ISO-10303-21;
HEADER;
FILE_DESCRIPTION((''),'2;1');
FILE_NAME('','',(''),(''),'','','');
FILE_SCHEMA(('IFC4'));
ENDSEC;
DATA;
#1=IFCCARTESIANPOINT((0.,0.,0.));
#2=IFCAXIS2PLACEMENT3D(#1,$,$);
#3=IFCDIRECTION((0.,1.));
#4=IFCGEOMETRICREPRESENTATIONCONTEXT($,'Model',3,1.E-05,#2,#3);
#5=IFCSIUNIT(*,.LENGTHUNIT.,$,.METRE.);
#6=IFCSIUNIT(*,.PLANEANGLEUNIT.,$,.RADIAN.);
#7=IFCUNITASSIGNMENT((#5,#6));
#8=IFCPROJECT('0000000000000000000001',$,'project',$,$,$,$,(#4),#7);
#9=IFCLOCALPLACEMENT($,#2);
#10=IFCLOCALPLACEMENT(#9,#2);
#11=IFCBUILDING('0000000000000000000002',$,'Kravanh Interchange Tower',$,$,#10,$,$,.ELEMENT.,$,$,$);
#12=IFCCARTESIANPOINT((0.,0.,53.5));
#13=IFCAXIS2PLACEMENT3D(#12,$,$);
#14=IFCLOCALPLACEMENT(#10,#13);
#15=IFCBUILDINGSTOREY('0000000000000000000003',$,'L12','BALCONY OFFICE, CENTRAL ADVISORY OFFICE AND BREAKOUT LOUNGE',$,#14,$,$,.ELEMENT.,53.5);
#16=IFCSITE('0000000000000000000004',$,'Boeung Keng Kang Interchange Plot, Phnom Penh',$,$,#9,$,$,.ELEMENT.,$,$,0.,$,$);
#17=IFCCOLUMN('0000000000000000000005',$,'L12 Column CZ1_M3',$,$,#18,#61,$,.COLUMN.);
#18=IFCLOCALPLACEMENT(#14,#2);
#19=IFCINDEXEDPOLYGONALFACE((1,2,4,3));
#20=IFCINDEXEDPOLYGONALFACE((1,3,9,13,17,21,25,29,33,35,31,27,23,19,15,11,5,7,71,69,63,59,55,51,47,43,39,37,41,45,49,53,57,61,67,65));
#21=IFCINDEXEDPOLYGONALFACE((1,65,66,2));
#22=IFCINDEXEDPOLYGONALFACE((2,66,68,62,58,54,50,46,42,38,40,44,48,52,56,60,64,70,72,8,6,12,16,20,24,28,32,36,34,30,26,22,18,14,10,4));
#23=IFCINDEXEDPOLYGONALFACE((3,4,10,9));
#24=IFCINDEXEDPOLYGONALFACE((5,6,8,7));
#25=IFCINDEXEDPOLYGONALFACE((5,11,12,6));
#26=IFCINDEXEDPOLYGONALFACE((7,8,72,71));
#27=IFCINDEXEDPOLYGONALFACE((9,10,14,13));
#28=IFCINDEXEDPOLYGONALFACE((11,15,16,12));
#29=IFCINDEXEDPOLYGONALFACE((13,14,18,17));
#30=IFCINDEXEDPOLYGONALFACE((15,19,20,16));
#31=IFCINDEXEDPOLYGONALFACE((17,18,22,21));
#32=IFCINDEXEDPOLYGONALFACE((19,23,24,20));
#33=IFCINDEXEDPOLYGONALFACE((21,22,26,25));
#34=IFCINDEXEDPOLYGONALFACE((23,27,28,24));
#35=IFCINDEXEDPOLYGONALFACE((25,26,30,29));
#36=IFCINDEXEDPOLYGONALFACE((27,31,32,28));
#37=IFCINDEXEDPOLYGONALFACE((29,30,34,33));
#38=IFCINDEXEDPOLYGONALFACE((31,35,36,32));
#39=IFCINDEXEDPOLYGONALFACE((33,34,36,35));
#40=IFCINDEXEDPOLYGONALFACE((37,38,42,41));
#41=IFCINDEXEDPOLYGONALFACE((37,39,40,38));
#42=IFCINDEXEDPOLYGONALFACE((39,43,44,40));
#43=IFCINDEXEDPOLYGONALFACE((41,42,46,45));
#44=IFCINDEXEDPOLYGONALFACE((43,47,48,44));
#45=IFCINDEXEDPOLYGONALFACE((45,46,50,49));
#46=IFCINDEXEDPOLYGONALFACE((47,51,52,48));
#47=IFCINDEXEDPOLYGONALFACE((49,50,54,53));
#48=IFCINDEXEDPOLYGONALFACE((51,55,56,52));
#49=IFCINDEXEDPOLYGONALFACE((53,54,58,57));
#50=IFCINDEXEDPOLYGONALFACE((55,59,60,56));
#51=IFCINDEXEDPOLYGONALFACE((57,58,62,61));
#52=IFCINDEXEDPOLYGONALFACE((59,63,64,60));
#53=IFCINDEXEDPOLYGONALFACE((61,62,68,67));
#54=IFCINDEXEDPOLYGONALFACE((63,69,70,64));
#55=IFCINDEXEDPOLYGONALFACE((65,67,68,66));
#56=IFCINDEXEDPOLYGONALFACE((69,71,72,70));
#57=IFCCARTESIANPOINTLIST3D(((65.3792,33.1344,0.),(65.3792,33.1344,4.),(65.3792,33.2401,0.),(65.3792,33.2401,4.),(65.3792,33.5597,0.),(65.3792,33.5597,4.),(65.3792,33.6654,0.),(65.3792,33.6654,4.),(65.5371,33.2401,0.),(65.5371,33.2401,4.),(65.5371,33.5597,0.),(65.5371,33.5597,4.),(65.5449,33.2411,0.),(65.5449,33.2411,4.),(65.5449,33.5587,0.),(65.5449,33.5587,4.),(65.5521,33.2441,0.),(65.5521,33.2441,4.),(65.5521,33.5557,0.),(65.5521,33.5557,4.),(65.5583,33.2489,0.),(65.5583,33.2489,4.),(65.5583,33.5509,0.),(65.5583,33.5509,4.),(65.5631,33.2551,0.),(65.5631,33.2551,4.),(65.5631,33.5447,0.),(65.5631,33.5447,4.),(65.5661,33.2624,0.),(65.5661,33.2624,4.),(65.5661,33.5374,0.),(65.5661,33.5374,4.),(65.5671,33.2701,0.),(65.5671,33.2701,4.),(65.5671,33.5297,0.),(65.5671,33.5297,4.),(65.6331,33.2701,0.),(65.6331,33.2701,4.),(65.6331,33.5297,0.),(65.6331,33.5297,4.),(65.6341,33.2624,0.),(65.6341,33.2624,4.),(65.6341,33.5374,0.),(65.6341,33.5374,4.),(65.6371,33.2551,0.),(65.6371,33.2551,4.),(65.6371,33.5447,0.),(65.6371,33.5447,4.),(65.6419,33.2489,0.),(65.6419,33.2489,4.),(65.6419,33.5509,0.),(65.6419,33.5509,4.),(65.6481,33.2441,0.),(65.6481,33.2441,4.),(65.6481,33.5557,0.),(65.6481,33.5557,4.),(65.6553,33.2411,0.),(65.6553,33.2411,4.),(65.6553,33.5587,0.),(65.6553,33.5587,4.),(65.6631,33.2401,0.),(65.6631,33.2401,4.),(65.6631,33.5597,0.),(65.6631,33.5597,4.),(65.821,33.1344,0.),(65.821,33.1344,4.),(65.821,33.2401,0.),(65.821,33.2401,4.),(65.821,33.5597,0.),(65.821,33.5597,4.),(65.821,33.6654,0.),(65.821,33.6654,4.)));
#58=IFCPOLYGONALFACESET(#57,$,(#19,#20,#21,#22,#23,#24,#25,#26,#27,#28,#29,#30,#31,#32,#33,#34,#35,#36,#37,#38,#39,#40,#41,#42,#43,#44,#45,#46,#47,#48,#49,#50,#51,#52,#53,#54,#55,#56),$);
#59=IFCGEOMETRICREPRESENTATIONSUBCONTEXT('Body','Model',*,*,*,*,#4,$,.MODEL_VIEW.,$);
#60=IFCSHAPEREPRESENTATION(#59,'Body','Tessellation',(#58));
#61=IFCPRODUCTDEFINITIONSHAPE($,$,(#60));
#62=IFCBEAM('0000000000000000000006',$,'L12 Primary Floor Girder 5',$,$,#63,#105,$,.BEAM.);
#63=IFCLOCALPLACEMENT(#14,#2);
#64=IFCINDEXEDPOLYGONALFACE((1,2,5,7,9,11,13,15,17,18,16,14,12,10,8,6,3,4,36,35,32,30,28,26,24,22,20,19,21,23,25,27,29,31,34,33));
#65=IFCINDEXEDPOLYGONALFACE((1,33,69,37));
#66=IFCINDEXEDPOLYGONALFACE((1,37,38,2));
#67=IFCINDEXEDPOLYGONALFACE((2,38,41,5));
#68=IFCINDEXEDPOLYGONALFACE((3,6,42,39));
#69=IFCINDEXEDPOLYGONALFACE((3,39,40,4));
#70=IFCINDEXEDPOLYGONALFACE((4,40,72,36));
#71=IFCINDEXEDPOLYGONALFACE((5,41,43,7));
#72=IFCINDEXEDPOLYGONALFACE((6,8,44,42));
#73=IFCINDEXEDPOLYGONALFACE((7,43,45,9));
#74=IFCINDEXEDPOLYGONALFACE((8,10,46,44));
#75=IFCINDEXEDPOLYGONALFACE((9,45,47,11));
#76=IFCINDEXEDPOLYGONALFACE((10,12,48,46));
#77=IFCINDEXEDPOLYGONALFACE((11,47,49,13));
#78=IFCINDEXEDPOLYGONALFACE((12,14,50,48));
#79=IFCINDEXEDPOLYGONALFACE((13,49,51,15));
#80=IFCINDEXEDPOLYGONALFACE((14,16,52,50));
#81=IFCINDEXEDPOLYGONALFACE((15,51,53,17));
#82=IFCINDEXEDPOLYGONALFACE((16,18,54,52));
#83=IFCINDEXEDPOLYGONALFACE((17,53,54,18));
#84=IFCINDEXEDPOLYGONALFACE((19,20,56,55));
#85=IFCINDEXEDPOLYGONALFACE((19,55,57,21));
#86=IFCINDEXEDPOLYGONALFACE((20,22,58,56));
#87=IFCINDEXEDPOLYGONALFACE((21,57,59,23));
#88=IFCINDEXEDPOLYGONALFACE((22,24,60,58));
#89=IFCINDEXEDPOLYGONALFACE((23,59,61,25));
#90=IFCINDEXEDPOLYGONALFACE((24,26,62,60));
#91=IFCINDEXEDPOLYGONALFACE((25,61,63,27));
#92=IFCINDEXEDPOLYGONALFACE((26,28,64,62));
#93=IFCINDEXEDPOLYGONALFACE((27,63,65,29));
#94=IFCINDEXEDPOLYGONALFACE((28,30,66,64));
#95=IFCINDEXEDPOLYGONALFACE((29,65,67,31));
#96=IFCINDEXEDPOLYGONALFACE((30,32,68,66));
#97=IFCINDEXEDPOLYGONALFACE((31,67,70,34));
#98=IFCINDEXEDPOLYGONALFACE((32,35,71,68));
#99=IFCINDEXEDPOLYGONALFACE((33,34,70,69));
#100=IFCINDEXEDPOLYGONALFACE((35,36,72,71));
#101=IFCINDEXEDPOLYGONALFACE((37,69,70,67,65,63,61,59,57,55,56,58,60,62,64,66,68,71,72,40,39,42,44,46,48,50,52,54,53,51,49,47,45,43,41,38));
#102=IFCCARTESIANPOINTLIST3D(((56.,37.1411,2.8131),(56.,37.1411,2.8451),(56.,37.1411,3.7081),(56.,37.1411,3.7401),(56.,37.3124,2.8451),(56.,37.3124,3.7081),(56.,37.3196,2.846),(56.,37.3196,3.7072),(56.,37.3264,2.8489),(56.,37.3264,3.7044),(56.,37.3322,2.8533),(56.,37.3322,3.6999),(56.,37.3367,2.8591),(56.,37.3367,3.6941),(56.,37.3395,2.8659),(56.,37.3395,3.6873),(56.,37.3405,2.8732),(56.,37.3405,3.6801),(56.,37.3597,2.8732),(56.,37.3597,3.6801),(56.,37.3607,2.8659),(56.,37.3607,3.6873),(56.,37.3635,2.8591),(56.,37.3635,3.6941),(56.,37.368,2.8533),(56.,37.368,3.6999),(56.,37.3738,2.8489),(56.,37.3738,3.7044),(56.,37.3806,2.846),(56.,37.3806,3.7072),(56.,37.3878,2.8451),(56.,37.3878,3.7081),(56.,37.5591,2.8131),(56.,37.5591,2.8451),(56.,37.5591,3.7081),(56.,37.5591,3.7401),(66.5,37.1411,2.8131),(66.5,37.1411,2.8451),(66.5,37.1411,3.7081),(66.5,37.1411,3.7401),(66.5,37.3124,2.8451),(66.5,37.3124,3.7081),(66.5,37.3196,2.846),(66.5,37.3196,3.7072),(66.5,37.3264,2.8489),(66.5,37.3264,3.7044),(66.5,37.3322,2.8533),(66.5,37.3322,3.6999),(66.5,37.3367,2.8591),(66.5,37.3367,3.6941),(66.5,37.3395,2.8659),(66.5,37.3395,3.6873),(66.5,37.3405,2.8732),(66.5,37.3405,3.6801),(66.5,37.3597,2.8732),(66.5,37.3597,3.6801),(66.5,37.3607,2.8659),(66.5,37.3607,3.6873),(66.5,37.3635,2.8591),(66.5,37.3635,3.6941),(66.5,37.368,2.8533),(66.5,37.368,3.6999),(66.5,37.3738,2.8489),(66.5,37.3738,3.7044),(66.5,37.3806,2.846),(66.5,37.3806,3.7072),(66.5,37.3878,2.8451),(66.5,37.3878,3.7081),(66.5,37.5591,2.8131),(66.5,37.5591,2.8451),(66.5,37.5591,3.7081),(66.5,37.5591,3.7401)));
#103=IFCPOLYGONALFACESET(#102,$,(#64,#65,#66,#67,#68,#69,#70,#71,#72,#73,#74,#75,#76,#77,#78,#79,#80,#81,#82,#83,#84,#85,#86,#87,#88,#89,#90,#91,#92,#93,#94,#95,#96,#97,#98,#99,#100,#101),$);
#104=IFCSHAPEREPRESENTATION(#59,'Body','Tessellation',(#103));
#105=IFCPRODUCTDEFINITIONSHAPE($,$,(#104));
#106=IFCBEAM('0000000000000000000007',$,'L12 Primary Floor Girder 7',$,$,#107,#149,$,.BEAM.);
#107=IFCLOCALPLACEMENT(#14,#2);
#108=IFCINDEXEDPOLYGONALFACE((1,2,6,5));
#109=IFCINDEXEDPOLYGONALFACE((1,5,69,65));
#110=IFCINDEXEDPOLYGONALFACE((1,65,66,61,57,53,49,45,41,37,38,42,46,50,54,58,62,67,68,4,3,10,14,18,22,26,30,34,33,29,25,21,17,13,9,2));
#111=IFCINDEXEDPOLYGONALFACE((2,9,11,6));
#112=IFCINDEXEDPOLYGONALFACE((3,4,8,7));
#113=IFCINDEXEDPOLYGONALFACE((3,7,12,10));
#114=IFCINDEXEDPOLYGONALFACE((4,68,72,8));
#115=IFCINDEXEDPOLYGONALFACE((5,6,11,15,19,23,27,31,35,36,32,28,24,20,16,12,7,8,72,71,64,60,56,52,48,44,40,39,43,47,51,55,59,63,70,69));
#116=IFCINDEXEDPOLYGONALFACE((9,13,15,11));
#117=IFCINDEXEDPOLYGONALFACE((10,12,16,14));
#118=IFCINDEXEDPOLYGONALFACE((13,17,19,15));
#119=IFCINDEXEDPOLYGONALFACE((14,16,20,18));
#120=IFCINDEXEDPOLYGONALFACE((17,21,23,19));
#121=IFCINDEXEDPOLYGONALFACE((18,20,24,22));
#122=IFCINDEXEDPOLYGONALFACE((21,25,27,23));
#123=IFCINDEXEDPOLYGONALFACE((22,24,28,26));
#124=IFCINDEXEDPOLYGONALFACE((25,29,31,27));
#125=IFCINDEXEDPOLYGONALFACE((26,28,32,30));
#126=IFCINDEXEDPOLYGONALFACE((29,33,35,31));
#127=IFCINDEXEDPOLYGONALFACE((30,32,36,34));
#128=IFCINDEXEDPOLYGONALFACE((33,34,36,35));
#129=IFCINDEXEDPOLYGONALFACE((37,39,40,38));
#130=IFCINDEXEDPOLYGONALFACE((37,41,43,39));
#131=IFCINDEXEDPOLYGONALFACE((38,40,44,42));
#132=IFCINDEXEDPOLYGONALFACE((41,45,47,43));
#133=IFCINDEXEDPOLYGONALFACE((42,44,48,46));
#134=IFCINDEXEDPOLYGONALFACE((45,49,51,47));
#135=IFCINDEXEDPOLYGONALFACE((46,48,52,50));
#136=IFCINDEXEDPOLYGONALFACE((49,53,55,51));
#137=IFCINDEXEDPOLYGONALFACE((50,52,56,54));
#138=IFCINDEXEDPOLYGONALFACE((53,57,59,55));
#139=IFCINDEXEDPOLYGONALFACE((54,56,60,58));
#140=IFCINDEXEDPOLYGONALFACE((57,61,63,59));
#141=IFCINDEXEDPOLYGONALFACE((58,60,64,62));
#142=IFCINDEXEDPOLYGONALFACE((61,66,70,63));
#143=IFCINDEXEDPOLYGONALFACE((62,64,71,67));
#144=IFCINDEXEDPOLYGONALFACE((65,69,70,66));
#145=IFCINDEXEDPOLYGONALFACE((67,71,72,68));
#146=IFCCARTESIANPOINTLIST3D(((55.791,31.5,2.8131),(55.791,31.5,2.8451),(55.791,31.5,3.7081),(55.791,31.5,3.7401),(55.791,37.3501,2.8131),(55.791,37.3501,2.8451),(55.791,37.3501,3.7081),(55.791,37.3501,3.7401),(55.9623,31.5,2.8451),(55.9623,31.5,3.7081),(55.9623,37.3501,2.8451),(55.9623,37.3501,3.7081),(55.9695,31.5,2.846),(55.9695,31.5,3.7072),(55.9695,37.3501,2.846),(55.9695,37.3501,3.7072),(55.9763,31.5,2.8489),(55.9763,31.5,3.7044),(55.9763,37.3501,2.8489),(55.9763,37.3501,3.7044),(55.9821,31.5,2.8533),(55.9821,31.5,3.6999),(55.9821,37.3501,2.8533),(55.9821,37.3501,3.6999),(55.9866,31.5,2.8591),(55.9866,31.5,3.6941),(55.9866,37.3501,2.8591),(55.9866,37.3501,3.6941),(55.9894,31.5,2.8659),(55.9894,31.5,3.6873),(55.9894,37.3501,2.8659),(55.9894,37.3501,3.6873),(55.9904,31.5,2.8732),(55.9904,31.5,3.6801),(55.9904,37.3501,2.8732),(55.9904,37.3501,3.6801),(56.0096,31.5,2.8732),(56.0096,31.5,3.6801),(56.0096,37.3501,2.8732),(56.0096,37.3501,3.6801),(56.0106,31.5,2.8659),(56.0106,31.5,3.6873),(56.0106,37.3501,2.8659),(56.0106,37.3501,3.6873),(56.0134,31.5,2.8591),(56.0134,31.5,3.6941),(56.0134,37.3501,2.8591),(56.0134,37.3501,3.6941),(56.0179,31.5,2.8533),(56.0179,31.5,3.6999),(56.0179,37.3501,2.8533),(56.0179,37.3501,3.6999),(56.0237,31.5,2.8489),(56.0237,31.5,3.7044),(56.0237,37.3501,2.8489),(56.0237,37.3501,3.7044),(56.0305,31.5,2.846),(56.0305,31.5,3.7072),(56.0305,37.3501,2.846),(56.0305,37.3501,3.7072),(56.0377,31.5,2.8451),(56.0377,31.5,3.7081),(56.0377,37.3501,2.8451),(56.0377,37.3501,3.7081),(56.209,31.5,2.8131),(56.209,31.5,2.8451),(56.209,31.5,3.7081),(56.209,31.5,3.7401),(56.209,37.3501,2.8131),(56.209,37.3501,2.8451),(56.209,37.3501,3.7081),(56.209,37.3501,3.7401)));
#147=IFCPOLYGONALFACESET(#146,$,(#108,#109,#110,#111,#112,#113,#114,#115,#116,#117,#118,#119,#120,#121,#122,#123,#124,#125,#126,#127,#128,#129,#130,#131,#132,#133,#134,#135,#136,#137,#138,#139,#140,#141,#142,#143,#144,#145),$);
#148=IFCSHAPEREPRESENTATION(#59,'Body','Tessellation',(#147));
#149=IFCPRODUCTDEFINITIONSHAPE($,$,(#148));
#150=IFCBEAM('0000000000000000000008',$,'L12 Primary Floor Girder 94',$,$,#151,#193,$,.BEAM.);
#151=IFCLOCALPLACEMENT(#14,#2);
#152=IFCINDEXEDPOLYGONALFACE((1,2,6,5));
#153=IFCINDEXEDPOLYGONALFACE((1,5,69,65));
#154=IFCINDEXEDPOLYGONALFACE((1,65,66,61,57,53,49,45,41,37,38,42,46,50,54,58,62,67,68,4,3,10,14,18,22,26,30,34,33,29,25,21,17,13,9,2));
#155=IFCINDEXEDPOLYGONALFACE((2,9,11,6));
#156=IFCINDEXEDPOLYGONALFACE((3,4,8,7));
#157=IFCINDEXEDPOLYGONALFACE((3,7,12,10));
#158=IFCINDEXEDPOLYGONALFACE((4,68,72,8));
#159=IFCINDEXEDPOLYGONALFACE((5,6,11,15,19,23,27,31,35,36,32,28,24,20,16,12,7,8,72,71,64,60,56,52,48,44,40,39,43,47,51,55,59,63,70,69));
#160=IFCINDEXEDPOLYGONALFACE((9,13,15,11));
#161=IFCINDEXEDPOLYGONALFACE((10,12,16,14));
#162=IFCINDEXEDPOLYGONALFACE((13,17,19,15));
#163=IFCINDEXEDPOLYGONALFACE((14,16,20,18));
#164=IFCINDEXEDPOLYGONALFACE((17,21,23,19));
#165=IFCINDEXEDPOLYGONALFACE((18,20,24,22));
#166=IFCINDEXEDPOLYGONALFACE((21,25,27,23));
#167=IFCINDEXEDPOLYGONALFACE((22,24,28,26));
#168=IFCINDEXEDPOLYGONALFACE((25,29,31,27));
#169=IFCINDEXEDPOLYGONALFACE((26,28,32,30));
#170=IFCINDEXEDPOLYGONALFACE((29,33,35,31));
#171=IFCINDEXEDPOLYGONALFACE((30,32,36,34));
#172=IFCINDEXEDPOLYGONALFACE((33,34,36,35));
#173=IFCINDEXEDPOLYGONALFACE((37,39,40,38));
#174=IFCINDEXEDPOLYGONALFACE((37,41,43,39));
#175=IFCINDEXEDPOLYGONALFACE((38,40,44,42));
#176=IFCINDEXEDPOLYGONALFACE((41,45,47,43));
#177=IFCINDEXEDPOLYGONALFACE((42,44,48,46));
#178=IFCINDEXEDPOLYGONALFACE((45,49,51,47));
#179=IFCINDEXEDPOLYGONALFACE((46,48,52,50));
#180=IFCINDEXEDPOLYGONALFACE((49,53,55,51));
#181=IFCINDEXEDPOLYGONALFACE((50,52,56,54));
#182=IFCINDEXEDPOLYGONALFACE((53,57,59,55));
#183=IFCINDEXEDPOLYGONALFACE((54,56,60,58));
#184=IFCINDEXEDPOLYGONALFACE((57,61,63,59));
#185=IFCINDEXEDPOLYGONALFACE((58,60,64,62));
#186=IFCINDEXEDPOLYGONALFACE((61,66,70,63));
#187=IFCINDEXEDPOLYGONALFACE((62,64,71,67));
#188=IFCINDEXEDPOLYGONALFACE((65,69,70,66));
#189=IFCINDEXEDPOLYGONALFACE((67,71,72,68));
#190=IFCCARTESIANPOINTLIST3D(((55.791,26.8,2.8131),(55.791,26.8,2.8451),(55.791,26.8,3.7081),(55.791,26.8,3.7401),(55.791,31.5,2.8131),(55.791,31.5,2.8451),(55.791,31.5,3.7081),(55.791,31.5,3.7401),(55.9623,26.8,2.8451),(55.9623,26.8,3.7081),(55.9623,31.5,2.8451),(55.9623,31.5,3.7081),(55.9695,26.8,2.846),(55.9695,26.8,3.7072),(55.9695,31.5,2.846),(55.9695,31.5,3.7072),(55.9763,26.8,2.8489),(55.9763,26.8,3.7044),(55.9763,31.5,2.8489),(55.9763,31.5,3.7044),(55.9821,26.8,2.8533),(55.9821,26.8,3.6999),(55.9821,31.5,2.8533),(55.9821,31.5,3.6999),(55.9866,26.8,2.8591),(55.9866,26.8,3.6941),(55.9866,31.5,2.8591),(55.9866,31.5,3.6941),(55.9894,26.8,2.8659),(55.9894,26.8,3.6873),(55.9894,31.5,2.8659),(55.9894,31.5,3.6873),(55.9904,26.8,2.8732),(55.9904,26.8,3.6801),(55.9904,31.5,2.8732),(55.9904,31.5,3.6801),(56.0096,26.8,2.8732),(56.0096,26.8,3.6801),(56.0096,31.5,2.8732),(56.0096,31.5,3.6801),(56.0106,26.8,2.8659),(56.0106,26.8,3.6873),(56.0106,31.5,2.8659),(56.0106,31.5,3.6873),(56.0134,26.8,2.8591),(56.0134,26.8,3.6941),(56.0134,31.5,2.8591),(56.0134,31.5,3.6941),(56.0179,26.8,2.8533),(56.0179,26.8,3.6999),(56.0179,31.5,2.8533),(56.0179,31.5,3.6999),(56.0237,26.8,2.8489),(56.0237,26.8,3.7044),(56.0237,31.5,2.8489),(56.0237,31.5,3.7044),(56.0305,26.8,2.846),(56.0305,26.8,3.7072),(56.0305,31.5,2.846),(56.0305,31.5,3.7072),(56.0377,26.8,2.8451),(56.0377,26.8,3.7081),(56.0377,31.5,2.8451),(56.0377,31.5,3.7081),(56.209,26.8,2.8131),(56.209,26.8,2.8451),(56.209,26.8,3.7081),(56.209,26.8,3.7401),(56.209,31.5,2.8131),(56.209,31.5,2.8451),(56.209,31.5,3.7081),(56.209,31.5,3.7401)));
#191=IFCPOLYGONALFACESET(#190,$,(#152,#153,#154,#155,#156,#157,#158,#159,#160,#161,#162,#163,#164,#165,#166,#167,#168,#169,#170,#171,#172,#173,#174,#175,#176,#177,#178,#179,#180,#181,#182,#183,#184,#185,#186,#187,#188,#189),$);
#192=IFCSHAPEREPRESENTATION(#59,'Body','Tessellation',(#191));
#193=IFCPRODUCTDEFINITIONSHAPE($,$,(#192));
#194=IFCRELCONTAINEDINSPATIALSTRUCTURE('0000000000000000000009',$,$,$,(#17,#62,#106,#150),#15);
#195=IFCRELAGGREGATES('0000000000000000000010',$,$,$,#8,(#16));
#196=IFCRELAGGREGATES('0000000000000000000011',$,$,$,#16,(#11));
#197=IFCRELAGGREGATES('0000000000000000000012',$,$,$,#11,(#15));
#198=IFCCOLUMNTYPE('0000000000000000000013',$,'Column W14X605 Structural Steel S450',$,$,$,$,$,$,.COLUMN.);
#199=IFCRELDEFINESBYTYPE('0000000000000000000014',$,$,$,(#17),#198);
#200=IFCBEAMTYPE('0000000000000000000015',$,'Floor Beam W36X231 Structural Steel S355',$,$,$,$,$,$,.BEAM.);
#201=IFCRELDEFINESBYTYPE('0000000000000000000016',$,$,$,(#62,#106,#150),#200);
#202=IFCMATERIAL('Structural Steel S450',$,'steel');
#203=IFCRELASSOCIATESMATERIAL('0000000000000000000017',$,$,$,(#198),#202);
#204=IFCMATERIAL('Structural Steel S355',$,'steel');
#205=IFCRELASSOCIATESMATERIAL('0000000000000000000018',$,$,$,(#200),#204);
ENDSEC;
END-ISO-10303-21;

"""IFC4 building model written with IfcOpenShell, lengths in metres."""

from ifc_helpers import new_model, si_unit, direction, frame, origin, origin_2d, place, context, subcontext, project, spatial, i_section, extrude, material, material_profile, profile_set, type_object, element, save


model = new_model("IFC4")

# Units and contexts
model_context = context("Model", 3, precision=1e-05, world=origin(), true_north=direction((0.0, 1.0)))
body_context = subcontext(model_context, "Body", "Model", "MODEL_VIEW")
ifc_project = project(units=[si_unit("LENGTHUNIT", "METRE"), si_unit("PLANEANGLEUNIT", "RADIAN")], contexts=[model_context])

# Site, building, storey
site_placement = place(None, origin())
site = spatial("IfcSite", under=ifc_project, at=site_placement, Name="Boeung Keng Kang Interchange Plot, Phnom Penh", CompositionType="ELEMENT", RefElevation=0.0)
building_placement = place(site_placement, origin())
building = spatial("IfcBuilding", under=site, at=building_placement, Name="Kravanh Interchange Tower", CompositionType="ELEMENT")
storey_placement = place(building_placement, frame((0.0, 0.0, 53.5)))
storey = spatial("IfcBuildingStorey", under=building, at=storey_placement, Name="L12", Description="BALCONY OFFICE, CENTRAL ADVISORY OFFICE AND BREAKOUT LOUNGE", CompositionType="ELEMENT", Elevation=53.5)

# Column
ifc_material_1 = material(Name="Structural Steel S450", Category="steel")
ifc_material_profile_1 = material_profile(ifc_material_1, i_section(OverallWidth=0.4419, OverallDepth=0.531, WebThickness=0.0659, FlangeThickness=0.1057, FilletRadius=0.03, at=origin_2d()), Name="W14X605")
ifc_profile_set_1 = profile_set([ifc_material_profile_1], Name="Structural Steel S450")
column_type_1 = type_object("IfcColumnType", Name="Column W14X605 Structural Steel S450", PredefinedType="COLUMN", material=ifc_profile_set_1)
for number, where, z_axis, x_axis, name in (
    (1, (65.6001, 33.3999, 0.0), (0.0, 0.0, 1.0), (1.0, 0.0, 0.0), "L12 Column CZ1_M3"),
):
    element("IfcColumn", number, at=place(storey_placement, frame(where, z_axis=z_axis, x_axis=x_axis)), inside=storey, type_object=column_type_1, Name=name, PredefinedType="COLUMN", context=body_context, shape_type="SweptSolid", body=[
        extrude(i_section(OverallWidth=0.4419, OverallDepth=0.531, WebThickness=0.0659, FlangeThickness=0.1057, FilletRadius=0.03, at=origin_2d()), origin(), (0.0, 0.0, 1.0), 4.0),
    ])

# Beams
ifc_material_2 = material(Name="Structural Steel S355", Category="steel")
ifc_material_profile_2 = material_profile(ifc_material_2, i_section(OverallWidth=0.418, OverallDepth=0.927, WebThickness=0.0193, FlangeThickness=0.032, FilletRadius=0.0281, at=origin_2d()), Name="W36X231")
ifc_profile_set_2 = profile_set([ifc_material_profile_2], Name="Structural Steel S355")
beam_type_1 = type_object("IfcBeamType", Name="Floor Beam W36X231 Structural Steel S355", PredefinedType="BEAM", material=ifc_profile_set_2)
beam_1_placement = place(storey_placement, frame((66.5, 37.3501, 3.2766), z_axis=(-1.0, 0.0, 0.0), x_axis=(0.0, -1.0, 0.0)))
element("IfcBeam", 2, at=beam_1_placement, inside=storey, type_object=beam_type_1, Name="L12 Primary Floor Girder 5", PredefinedType="BEAM", context=body_context, shape_type="SweptSolid", body=[
    extrude(i_section(OverallWidth=0.418, OverallDepth=0.927, WebThickness=0.0193, FlangeThickness=0.032, FilletRadius=0.0281, at=origin_2d()), origin(), (0.0, 0.0, 1.0), 10.5),
])
beam_2_placement = place(storey_placement, frame((56.0, 37.3501, 3.2766), z_axis=(0.0, -1.0, 0.0), x_axis=(1.0, 0.0, 0.0)))
element("IfcBeam", 3, at=beam_2_placement, inside=storey, type_object=beam_type_1, Name="L12 Primary Floor Girder 7", PredefinedType="BEAM", context=body_context, shape_type="SweptSolid", body=[
    extrude(i_section(OverallWidth=0.418, OverallDepth=0.927, WebThickness=0.0193, FlangeThickness=0.032, FilletRadius=0.0281, at=origin_2d()), origin(), (0.0, 0.0, 1.0), 5.8501),
])
beam_3_placement = place(storey_placement, frame((56.0, 26.8, 3.2766), z_axis=(0.0, 1.0, 0.0), x_axis=(-1.0, 0.0, 0.0)))
element("IfcBeam", 4, at=beam_3_placement, inside=storey, type_object=beam_type_1, Name="L12 Primary Floor Girder 94", PredefinedType="BEAM", context=body_context, shape_type="SweptSolid", body=[
    extrude(i_section(OverallWidth=0.418, OverallDepth=0.927, WebThickness=0.0193, FlangeThickness=0.032, FilletRadius=0.0281, at=origin_2d()), origin(), (0.0, 0.0, 1.0), 4.7),
])

save(model, "model.ifc")
